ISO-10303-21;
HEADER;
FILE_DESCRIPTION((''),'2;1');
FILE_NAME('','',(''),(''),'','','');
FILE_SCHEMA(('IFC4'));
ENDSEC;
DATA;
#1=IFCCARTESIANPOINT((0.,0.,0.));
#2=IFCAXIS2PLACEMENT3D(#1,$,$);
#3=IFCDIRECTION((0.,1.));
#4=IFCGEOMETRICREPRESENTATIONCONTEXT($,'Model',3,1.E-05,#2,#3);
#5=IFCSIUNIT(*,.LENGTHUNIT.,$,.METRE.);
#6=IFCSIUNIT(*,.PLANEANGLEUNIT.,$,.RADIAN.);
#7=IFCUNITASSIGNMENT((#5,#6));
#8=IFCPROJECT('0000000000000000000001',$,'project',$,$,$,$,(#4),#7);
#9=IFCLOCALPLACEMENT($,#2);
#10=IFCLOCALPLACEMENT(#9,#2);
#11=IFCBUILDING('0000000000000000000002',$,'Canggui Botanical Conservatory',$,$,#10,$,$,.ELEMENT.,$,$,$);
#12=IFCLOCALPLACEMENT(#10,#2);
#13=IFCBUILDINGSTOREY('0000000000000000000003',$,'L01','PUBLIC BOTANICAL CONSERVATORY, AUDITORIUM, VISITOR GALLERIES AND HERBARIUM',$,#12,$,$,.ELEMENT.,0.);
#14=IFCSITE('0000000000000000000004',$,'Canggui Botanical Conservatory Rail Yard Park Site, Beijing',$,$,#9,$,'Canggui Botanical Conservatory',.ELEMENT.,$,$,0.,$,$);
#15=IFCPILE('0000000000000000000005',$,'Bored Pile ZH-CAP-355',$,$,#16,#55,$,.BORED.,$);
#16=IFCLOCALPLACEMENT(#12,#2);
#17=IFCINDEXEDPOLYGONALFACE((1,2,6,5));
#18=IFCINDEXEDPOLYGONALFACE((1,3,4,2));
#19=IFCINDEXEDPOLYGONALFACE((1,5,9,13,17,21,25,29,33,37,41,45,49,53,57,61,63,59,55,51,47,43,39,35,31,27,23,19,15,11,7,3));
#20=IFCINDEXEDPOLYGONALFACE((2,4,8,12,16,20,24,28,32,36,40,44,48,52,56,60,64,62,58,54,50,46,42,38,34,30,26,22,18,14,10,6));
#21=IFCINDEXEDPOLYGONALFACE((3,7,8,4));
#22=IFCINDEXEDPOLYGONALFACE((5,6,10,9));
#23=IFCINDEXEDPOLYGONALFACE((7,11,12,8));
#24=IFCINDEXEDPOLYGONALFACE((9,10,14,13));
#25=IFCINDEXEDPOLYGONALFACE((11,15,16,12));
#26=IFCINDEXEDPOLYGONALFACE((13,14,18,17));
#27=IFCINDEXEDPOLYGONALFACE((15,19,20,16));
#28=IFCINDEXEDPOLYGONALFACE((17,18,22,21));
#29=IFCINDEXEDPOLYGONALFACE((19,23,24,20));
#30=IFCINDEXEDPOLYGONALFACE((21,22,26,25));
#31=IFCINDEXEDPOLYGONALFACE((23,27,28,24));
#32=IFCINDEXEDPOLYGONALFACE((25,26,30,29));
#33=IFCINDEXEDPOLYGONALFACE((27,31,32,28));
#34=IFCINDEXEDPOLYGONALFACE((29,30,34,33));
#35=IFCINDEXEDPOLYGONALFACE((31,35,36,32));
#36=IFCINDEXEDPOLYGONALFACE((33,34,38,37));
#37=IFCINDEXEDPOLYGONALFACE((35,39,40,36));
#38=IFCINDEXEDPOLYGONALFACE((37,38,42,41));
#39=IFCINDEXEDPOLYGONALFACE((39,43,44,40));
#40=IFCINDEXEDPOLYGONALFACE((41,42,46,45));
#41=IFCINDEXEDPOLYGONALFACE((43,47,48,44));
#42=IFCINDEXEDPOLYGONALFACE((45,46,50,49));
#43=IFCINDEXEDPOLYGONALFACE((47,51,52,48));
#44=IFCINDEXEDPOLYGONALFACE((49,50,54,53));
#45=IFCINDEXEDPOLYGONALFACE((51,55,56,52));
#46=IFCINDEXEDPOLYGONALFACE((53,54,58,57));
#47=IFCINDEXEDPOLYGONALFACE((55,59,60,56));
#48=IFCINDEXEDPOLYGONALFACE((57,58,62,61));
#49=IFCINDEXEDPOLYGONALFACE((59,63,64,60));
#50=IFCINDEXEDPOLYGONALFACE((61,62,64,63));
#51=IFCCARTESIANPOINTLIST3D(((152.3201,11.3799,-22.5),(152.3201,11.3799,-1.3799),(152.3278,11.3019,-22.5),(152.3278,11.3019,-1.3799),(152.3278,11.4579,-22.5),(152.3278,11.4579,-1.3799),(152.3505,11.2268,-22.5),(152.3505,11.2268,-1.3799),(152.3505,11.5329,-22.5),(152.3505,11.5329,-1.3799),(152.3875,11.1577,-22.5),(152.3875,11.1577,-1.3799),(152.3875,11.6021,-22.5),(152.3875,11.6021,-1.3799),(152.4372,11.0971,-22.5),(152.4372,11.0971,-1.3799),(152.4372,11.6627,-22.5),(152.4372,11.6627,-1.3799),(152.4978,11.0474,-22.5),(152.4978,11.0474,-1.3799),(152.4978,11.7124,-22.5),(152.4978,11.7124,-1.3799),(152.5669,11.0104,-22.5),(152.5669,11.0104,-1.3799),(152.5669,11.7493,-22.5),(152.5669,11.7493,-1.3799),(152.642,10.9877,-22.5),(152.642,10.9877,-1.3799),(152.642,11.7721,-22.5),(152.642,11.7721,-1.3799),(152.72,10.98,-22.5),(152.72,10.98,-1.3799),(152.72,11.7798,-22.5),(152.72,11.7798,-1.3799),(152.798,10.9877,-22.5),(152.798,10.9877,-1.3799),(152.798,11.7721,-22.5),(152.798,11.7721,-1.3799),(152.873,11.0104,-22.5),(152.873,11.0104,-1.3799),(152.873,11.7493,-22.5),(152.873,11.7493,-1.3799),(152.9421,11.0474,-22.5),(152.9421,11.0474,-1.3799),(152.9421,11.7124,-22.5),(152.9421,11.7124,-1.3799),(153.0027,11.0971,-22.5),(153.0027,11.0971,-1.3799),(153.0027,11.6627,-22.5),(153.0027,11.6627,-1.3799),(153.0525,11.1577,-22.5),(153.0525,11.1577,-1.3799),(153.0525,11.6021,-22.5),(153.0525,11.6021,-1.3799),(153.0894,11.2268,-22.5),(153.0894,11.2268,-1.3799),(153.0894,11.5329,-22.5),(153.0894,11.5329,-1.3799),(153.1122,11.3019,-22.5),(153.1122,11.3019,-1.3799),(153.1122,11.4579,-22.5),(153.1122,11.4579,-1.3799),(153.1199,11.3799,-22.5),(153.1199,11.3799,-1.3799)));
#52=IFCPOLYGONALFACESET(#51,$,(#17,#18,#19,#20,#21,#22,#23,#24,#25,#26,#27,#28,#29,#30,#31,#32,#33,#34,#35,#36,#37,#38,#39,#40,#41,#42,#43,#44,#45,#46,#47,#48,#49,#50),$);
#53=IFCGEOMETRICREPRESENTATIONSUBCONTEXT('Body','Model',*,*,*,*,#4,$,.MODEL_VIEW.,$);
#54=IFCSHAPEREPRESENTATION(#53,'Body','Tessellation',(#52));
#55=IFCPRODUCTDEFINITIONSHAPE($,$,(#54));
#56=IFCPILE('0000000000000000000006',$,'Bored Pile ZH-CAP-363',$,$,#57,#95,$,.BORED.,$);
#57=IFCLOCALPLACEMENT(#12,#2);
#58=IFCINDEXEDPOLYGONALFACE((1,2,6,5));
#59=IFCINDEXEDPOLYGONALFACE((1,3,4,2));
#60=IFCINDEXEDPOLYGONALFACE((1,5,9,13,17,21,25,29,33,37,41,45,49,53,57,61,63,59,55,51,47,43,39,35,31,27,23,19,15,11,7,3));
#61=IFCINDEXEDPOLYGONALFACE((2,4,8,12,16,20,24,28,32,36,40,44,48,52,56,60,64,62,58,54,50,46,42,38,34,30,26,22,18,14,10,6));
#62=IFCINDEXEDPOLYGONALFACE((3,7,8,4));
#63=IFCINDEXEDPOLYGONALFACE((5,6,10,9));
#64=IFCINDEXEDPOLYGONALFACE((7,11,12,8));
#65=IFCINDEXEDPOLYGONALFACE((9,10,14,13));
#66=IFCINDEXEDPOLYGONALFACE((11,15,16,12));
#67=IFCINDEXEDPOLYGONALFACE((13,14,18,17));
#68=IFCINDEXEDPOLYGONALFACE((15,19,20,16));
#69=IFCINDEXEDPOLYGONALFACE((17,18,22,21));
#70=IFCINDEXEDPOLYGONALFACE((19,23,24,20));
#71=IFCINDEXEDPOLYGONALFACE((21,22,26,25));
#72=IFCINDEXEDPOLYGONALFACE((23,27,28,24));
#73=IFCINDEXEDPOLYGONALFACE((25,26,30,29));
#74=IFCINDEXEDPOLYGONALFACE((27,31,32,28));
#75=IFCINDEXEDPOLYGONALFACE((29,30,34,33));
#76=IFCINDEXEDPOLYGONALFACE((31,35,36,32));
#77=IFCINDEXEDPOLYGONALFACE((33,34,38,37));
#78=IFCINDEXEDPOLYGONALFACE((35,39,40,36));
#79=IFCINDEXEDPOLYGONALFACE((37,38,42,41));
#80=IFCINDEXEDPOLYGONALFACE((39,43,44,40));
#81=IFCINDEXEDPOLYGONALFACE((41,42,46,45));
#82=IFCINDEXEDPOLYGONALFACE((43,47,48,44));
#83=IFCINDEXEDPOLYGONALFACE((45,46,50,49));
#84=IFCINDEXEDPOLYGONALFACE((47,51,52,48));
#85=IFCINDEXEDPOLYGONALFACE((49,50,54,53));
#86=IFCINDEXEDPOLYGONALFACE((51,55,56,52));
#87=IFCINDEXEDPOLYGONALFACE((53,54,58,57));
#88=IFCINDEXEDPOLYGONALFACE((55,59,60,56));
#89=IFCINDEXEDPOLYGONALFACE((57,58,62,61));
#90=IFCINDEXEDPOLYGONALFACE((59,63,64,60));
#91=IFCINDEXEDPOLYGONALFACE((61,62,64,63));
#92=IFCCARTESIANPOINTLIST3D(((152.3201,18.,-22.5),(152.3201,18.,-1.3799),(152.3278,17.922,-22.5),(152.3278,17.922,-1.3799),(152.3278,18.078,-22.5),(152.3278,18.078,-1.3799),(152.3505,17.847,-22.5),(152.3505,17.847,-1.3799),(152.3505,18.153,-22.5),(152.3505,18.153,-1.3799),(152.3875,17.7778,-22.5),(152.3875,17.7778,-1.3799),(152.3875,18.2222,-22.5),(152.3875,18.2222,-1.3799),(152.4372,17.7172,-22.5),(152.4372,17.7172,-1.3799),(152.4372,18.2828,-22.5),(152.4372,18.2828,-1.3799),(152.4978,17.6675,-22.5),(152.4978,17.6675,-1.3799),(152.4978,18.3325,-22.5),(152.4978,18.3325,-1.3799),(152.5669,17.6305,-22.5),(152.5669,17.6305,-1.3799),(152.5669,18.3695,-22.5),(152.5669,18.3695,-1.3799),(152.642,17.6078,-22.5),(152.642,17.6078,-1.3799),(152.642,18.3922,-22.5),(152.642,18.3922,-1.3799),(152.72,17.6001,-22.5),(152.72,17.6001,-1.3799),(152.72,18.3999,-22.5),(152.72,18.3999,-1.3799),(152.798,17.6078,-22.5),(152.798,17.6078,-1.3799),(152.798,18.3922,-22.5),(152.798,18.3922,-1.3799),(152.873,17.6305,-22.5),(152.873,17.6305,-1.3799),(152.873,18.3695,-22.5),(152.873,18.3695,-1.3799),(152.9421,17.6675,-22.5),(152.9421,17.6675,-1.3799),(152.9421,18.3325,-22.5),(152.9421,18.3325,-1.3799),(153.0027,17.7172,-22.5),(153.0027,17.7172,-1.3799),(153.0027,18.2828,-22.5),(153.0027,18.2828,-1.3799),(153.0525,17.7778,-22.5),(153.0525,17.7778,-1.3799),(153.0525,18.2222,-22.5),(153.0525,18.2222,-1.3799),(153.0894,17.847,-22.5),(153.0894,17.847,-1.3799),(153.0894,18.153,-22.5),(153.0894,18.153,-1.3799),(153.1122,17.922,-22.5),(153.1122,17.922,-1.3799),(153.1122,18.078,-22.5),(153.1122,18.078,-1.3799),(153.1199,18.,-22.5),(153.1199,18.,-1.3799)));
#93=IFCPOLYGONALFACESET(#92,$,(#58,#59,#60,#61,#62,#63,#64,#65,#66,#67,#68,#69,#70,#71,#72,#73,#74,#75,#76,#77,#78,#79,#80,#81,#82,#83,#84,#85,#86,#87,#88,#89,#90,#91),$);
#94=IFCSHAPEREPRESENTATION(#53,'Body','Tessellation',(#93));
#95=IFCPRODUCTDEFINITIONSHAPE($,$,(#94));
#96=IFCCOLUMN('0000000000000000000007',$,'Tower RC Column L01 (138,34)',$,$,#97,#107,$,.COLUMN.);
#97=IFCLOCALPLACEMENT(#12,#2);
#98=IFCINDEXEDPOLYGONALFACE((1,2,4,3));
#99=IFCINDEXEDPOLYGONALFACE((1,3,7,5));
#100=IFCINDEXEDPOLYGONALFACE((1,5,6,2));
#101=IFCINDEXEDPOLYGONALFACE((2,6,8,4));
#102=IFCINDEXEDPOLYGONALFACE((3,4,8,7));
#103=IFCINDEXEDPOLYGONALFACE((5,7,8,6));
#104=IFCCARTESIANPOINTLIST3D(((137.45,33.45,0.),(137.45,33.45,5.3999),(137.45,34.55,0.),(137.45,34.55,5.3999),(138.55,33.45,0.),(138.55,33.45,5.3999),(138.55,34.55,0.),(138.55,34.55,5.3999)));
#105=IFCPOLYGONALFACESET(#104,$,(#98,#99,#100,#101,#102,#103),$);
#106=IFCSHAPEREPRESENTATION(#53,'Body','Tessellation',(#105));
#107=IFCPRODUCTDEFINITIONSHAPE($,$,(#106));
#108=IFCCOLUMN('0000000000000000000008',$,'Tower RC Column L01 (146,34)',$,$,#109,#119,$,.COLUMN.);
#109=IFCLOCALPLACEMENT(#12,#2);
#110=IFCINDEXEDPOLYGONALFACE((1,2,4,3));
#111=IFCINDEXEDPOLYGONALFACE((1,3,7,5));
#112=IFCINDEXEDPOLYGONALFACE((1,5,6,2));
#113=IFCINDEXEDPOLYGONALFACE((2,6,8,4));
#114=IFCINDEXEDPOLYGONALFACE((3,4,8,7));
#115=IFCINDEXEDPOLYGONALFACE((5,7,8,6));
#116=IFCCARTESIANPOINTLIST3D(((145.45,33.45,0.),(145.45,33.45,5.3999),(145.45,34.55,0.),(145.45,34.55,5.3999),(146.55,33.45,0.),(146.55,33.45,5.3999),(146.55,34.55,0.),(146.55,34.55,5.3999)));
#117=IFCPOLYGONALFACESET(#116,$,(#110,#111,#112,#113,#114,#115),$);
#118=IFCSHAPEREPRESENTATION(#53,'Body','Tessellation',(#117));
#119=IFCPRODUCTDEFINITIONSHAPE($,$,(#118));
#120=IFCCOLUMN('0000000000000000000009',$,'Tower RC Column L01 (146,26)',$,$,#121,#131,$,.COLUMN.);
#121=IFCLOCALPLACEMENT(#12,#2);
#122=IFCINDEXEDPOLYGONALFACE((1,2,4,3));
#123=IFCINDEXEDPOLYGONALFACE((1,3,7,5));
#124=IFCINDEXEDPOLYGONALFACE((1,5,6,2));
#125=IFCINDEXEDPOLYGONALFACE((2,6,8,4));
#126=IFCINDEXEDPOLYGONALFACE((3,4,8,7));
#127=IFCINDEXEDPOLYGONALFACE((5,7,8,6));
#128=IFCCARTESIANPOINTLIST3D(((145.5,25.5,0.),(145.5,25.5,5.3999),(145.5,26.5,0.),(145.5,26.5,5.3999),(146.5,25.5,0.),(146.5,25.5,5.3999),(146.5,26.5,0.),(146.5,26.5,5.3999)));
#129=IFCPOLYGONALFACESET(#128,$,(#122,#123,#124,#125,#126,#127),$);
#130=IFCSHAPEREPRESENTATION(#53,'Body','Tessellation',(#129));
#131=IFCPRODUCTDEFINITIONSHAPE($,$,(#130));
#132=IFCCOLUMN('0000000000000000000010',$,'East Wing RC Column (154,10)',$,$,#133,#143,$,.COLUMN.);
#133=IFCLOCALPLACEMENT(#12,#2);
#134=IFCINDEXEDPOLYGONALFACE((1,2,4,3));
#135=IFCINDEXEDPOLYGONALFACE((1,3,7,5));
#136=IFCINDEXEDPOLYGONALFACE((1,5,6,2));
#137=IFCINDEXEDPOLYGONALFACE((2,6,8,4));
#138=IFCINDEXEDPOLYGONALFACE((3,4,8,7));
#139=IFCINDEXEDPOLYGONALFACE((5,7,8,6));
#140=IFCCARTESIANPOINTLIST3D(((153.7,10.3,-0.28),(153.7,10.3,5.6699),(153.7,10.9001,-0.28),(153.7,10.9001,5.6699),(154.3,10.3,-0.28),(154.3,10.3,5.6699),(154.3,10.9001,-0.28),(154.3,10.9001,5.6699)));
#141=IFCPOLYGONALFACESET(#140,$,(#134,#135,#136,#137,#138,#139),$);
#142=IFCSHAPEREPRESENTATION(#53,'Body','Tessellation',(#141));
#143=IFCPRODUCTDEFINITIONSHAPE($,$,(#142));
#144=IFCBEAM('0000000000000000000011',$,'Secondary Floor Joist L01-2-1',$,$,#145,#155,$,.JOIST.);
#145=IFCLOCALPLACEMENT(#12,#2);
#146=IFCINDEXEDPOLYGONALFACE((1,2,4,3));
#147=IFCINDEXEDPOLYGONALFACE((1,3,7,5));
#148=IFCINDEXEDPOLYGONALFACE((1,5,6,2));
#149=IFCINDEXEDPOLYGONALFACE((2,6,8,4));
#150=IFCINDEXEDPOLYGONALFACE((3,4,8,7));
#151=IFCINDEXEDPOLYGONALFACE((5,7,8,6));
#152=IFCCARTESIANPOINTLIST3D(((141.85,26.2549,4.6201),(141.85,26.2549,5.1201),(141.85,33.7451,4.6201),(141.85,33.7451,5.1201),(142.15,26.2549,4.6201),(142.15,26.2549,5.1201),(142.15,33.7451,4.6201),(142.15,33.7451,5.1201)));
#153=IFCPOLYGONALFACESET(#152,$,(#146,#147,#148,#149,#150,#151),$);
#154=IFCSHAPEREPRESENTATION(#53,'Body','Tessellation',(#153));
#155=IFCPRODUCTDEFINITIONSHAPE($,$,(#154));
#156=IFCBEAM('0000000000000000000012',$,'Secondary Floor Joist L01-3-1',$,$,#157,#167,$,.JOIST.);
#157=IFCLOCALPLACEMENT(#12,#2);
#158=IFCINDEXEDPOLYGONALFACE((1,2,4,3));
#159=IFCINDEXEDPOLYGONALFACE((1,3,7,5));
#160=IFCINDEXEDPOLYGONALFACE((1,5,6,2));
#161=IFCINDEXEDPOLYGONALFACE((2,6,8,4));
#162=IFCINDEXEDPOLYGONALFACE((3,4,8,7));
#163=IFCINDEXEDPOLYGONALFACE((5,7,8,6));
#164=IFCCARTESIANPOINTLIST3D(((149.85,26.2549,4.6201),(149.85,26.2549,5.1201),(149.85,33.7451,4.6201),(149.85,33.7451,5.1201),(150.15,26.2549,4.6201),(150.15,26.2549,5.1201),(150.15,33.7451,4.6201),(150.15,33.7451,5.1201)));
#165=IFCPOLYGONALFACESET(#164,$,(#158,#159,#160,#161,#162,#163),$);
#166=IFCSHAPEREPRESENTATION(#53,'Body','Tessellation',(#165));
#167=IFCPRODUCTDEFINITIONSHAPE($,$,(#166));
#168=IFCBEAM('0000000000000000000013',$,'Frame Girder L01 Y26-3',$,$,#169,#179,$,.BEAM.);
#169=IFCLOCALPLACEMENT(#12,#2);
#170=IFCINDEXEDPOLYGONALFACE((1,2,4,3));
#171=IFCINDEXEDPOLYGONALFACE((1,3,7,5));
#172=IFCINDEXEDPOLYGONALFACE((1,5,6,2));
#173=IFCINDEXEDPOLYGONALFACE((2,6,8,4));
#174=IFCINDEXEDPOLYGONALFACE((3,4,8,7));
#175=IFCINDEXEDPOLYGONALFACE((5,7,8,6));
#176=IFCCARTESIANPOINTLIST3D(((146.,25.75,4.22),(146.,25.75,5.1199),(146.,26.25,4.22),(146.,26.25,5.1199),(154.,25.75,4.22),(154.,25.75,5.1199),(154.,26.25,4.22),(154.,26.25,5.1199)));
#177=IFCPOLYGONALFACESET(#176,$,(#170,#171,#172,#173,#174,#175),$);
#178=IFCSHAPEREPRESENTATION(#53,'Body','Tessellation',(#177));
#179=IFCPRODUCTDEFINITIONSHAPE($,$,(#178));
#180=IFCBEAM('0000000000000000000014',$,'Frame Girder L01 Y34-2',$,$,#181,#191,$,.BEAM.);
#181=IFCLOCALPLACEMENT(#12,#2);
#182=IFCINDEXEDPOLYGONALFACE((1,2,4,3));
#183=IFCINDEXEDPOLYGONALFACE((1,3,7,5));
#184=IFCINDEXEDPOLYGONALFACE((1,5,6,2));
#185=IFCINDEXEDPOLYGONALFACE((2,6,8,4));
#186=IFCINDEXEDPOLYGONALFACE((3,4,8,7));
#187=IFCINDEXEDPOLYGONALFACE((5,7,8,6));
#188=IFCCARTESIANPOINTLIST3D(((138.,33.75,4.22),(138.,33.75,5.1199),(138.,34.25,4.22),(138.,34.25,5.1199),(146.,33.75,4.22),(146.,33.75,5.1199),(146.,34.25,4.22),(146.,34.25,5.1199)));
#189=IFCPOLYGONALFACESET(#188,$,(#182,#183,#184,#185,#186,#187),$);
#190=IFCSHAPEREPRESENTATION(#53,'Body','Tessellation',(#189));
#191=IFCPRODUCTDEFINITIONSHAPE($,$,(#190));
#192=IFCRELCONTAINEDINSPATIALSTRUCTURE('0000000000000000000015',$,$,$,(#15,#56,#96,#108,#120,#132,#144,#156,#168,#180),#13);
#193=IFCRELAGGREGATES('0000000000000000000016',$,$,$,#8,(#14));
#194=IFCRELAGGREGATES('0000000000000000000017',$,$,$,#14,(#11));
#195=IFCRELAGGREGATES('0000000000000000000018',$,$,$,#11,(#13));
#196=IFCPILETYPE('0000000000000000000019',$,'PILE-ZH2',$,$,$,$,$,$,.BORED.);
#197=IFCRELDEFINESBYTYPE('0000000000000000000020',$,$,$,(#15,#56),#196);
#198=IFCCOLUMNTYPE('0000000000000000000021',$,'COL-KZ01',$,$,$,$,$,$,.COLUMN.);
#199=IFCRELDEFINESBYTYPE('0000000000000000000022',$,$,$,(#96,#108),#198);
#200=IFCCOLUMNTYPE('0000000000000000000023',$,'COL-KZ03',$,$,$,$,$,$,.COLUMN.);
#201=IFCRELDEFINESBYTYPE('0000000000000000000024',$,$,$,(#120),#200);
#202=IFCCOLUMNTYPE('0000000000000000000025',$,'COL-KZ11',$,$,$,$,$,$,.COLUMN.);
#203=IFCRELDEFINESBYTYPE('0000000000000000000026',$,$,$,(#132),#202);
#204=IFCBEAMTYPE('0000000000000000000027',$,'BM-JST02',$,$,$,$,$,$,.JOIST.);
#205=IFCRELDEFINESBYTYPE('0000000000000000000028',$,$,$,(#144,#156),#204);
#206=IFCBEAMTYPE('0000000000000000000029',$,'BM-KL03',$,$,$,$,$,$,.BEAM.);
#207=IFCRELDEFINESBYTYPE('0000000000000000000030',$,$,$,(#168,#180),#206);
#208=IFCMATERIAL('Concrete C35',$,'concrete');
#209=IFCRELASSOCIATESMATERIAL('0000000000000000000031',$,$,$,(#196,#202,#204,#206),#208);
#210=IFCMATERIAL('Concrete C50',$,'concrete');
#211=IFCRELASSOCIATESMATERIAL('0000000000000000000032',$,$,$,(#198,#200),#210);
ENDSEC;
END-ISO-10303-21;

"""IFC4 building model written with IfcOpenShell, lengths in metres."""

from ifc_helpers import new_model, si_unit, direction, frame, origin, origin_2d, place, context, subcontext, project, spatial, rectangle, circle, extrude, material, material_profile, profile_set, type_object, element, save


model = new_model("IFC4")

# Units and contexts
model_context = context("Model", 3, precision=1e-05, world=origin(), true_north=direction((0.0, 1.0)))
body_context = subcontext(model_context, "Body", "Model", "MODEL_VIEW")
ifc_project = project(units=[si_unit("LENGTHUNIT", "METRE"), si_unit("PLANEANGLEUNIT", "RADIAN")], contexts=[model_context])

# Site, building, storey
site_placement = place(None, origin())
site = spatial("IfcSite", under=ifc_project, at=site_placement, Name="Canggui Botanical Conservatory Rail Yard Park Site, Beijing", LongName="Canggui Botanical Conservatory", CompositionType="ELEMENT", RefElevation=0.0)
building_placement = place(site_placement, origin())
building = spatial("IfcBuilding", under=site, at=building_placement, Name="Canggui Botanical Conservatory", CompositionType="ELEMENT")
storey_placement = place(building_placement, origin())
storey = spatial("IfcBuildingStorey", under=building, at=storey_placement, Name="L01", Description="PUBLIC BOTANICAL CONSERVATORY, AUDITORIUM, VISITOR GALLERIES AND HERBARIUM", CompositionType="ELEMENT", Elevation=0.0)

# Piles
ifc_material_1 = material(Name="Concrete C35", Category="concrete")
ifc_material_profile_1 = material_profile(ifc_material_1, circle(Radius=0.3999, at=origin_2d()), Name="PILE D800")
ifc_profile_set_1 = profile_set([ifc_material_profile_1], Name="Concrete C35")
pile_type = type_object("IfcPileType", Name="PILE-ZH2", PredefinedType="BORED", material=ifc_profile_set_1)
for number, where, z_axis, x_axis, name in (
    (1, (152.72, 11.3799, -1.3799), (0.0, 0.0, -1.0), (1.0, 0.0, 0.0), "Bored Pile ZH-CAP-355"),
    (2, (152.72, 18.0, -1.3799), (0.0, 0.0, -1.0), (1.0, 0.0, 0.0), "Bored Pile ZH-CAP-363"),
):
    element("IfcPile", number, at=place(storey_placement, frame(where, z_axis=z_axis, x_axis=x_axis)), inside=storey, type_object=pile_type, Name=name, PredefinedType="BORED", context=body_context, shape_type="SweptSolid", body=[
        extrude(circle(Radius=0.3999, at=origin_2d()), origin(), (0.0, 0.0, 1.0), 21.1201),
    ])

# Columns
ifc_material_2 = material(Name="Concrete C50", Category="concrete")
ifc_material_profile_2 = material_profile(ifc_material_2, rectangle(XDim=1.1001, YDim=1.1001, at=origin_2d()), Name="RC 1100x1100")
ifc_profile_set_2 = profile_set([ifc_material_profile_2], Name="Concrete C50")
column_type_1 = type_object("IfcColumnType", Name="COL-KZ01", PredefinedType="COLUMN", material=ifc_profile_set_2)
for number, where, z_axis, x_axis, name in (
    (3, (138.0, 34.0, 0.0), (0.0, 0.0, 1.0), (1.0, 0.0, 0.0), "Tower RC Column L01 (138,34)"),
    (4, (146.0, 34.0, 0.0), (0.0, 0.0, 1.0), (1.0, 0.0, 0.0), "Tower RC Column L01 (146,34)"),
):
    element("IfcColumn", number, at=place(storey_placement, frame(where, z_axis=z_axis, x_axis=x_axis)), inside=storey, type_object=column_type_1, Name=name, PredefinedType="COLUMN", context=body_context, shape_type="SweptSolid", body=[
        extrude(rectangle(XDim=1.1001, YDim=1.1001, at=origin_2d()), origin(), (0.0, 0.0, 1.0), 5.3999),
    ])
ifc_material_profile_3 = material_profile(ifc_material_2, rectangle(XDim=1.0, YDim=1.0, at=origin_2d()), Name="RC 1000x1000")
ifc_profile_set_3 = profile_set([ifc_material_profile_3], Name="Concrete C50")
column_type_2 = type_object("IfcColumnType", Name="COL-KZ03", PredefinedType="COLUMN", material=ifc_profile_set_3)
column_1_placement = place(storey_placement, frame((146.0, 26.0, 0.0), z_axis=(0.0, 0.0, 1.0), x_axis=(1.0, 0.0, 0.0)))
element("IfcColumn", 5, at=column_1_placement, inside=storey, type_object=column_type_2, Name="Tower RC Column L01 (146,26)", PredefinedType="COLUMN", context=body_context, shape_type="SweptSolid", body=[
    extrude(rectangle(XDim=1.0, YDim=1.0, at=origin_2d()), origin(), (0.0, 0.0, 1.0), 5.3999),
])
ifc_material_profile_4 = material_profile(ifc_material_1, rectangle(XDim=0.6001, YDim=0.6001, at=origin_2d()), Name="RC 600x600")
ifc_profile_set_4 = profile_set([ifc_material_profile_4], Name="Concrete C35")
column_type_3 = type_object("IfcColumnType", Name="COL-KZ11", PredefinedType="COLUMN", material=ifc_profile_set_4)
column_2_placement = place(storey_placement, frame((154.0, 10.6001, -0.28), z_axis=(0.0, 0.0, 1.0), x_axis=(1.0, 0.0, 0.0)))
element("IfcColumn", 6, at=column_2_placement, inside=storey, type_object=column_type_3, Name="East Wing RC Column (154,10)", PredefinedType="COLUMN", context=body_context, shape_type="SweptSolid", body=[
    extrude(rectangle(XDim=0.6001, YDim=0.6001, at=origin_2d()), origin(), (0.0, 0.0, 1.0), 5.95),
])

# Beams
ifc_material_profile_5 = material_profile(ifc_material_1, rectangle(XDim=0.3, YDim=0.5, at=origin_2d()), Name="RB 300x500")
ifc_profile_set_5 = profile_set([ifc_material_profile_5], Name="Concrete C35")
beam_type_1 = type_object("IfcBeamType", Name="BM-JST02", PredefinedType="JOIST", material=ifc_profile_set_5)
for number, where, z_axis, x_axis, name in (
    (7, (142.0, 26.2549, 4.8701), (0.0, 1.0, 0.0), (-1.0, 0.0, 0.0), "Secondary Floor Joist L01-2-1"),
    (8, (150.0, 26.2549, 4.8701), (0.0, 1.0, 0.0), (-1.0, 0.0, 0.0), "Secondary Floor Joist L01-3-1"),
):
    element("IfcBeam", number, at=place(storey_placement, frame(where, z_axis=z_axis, x_axis=x_axis)), inside=storey, type_object=beam_type_1, Name=name, PredefinedType="JOIST", context=body_context, shape_type="SweptSolid", body=[
        extrude(rectangle(XDim=0.3, YDim=0.5, at=origin_2d()), origin(), (0.0, 0.0, 1.0), 7.4902),
    ])
ifc_material_profile_6 = material_profile(ifc_material_1, rectangle(XDim=0.5, YDim=0.8999, at=origin_2d()), Name="RB 500x900")
ifc_profile_set_6 = profile_set([ifc_material_profile_6], Name="Concrete C35")
beam_type_2 = type_object("IfcBeamType", Name="BM-KL03", PredefinedType="BEAM", material=ifc_profile_set_6)
for number, where, z_axis, x_axis, name in (
    (9, (146.0, 26.0, 4.6699), (1.0, 0.0, 0.0), (0.0, 1.0, 0.0), "Frame Girder L01 Y26-3"),
    (10, (138.0, 34.0, 4.6699), (1.0, 0.0, 0.0), (0.0, 1.0, 0.0), "Frame Girder L01 Y34-2"),
):
    element("IfcBeam", number, at=place(storey_placement, frame(where, z_axis=z_axis, x_axis=x_axis)), inside=storey, type_object=beam_type_2, Name=name, PredefinedType="BEAM", context=body_context, shape_type="SweptSolid", body=[
        extrude(rectangle(XDim=0.5, YDim=0.8999, at=origin_2d()), origin(), (0.0, 0.0, 1.0), 8.0),
    ])

save(model, "model.ifc")
